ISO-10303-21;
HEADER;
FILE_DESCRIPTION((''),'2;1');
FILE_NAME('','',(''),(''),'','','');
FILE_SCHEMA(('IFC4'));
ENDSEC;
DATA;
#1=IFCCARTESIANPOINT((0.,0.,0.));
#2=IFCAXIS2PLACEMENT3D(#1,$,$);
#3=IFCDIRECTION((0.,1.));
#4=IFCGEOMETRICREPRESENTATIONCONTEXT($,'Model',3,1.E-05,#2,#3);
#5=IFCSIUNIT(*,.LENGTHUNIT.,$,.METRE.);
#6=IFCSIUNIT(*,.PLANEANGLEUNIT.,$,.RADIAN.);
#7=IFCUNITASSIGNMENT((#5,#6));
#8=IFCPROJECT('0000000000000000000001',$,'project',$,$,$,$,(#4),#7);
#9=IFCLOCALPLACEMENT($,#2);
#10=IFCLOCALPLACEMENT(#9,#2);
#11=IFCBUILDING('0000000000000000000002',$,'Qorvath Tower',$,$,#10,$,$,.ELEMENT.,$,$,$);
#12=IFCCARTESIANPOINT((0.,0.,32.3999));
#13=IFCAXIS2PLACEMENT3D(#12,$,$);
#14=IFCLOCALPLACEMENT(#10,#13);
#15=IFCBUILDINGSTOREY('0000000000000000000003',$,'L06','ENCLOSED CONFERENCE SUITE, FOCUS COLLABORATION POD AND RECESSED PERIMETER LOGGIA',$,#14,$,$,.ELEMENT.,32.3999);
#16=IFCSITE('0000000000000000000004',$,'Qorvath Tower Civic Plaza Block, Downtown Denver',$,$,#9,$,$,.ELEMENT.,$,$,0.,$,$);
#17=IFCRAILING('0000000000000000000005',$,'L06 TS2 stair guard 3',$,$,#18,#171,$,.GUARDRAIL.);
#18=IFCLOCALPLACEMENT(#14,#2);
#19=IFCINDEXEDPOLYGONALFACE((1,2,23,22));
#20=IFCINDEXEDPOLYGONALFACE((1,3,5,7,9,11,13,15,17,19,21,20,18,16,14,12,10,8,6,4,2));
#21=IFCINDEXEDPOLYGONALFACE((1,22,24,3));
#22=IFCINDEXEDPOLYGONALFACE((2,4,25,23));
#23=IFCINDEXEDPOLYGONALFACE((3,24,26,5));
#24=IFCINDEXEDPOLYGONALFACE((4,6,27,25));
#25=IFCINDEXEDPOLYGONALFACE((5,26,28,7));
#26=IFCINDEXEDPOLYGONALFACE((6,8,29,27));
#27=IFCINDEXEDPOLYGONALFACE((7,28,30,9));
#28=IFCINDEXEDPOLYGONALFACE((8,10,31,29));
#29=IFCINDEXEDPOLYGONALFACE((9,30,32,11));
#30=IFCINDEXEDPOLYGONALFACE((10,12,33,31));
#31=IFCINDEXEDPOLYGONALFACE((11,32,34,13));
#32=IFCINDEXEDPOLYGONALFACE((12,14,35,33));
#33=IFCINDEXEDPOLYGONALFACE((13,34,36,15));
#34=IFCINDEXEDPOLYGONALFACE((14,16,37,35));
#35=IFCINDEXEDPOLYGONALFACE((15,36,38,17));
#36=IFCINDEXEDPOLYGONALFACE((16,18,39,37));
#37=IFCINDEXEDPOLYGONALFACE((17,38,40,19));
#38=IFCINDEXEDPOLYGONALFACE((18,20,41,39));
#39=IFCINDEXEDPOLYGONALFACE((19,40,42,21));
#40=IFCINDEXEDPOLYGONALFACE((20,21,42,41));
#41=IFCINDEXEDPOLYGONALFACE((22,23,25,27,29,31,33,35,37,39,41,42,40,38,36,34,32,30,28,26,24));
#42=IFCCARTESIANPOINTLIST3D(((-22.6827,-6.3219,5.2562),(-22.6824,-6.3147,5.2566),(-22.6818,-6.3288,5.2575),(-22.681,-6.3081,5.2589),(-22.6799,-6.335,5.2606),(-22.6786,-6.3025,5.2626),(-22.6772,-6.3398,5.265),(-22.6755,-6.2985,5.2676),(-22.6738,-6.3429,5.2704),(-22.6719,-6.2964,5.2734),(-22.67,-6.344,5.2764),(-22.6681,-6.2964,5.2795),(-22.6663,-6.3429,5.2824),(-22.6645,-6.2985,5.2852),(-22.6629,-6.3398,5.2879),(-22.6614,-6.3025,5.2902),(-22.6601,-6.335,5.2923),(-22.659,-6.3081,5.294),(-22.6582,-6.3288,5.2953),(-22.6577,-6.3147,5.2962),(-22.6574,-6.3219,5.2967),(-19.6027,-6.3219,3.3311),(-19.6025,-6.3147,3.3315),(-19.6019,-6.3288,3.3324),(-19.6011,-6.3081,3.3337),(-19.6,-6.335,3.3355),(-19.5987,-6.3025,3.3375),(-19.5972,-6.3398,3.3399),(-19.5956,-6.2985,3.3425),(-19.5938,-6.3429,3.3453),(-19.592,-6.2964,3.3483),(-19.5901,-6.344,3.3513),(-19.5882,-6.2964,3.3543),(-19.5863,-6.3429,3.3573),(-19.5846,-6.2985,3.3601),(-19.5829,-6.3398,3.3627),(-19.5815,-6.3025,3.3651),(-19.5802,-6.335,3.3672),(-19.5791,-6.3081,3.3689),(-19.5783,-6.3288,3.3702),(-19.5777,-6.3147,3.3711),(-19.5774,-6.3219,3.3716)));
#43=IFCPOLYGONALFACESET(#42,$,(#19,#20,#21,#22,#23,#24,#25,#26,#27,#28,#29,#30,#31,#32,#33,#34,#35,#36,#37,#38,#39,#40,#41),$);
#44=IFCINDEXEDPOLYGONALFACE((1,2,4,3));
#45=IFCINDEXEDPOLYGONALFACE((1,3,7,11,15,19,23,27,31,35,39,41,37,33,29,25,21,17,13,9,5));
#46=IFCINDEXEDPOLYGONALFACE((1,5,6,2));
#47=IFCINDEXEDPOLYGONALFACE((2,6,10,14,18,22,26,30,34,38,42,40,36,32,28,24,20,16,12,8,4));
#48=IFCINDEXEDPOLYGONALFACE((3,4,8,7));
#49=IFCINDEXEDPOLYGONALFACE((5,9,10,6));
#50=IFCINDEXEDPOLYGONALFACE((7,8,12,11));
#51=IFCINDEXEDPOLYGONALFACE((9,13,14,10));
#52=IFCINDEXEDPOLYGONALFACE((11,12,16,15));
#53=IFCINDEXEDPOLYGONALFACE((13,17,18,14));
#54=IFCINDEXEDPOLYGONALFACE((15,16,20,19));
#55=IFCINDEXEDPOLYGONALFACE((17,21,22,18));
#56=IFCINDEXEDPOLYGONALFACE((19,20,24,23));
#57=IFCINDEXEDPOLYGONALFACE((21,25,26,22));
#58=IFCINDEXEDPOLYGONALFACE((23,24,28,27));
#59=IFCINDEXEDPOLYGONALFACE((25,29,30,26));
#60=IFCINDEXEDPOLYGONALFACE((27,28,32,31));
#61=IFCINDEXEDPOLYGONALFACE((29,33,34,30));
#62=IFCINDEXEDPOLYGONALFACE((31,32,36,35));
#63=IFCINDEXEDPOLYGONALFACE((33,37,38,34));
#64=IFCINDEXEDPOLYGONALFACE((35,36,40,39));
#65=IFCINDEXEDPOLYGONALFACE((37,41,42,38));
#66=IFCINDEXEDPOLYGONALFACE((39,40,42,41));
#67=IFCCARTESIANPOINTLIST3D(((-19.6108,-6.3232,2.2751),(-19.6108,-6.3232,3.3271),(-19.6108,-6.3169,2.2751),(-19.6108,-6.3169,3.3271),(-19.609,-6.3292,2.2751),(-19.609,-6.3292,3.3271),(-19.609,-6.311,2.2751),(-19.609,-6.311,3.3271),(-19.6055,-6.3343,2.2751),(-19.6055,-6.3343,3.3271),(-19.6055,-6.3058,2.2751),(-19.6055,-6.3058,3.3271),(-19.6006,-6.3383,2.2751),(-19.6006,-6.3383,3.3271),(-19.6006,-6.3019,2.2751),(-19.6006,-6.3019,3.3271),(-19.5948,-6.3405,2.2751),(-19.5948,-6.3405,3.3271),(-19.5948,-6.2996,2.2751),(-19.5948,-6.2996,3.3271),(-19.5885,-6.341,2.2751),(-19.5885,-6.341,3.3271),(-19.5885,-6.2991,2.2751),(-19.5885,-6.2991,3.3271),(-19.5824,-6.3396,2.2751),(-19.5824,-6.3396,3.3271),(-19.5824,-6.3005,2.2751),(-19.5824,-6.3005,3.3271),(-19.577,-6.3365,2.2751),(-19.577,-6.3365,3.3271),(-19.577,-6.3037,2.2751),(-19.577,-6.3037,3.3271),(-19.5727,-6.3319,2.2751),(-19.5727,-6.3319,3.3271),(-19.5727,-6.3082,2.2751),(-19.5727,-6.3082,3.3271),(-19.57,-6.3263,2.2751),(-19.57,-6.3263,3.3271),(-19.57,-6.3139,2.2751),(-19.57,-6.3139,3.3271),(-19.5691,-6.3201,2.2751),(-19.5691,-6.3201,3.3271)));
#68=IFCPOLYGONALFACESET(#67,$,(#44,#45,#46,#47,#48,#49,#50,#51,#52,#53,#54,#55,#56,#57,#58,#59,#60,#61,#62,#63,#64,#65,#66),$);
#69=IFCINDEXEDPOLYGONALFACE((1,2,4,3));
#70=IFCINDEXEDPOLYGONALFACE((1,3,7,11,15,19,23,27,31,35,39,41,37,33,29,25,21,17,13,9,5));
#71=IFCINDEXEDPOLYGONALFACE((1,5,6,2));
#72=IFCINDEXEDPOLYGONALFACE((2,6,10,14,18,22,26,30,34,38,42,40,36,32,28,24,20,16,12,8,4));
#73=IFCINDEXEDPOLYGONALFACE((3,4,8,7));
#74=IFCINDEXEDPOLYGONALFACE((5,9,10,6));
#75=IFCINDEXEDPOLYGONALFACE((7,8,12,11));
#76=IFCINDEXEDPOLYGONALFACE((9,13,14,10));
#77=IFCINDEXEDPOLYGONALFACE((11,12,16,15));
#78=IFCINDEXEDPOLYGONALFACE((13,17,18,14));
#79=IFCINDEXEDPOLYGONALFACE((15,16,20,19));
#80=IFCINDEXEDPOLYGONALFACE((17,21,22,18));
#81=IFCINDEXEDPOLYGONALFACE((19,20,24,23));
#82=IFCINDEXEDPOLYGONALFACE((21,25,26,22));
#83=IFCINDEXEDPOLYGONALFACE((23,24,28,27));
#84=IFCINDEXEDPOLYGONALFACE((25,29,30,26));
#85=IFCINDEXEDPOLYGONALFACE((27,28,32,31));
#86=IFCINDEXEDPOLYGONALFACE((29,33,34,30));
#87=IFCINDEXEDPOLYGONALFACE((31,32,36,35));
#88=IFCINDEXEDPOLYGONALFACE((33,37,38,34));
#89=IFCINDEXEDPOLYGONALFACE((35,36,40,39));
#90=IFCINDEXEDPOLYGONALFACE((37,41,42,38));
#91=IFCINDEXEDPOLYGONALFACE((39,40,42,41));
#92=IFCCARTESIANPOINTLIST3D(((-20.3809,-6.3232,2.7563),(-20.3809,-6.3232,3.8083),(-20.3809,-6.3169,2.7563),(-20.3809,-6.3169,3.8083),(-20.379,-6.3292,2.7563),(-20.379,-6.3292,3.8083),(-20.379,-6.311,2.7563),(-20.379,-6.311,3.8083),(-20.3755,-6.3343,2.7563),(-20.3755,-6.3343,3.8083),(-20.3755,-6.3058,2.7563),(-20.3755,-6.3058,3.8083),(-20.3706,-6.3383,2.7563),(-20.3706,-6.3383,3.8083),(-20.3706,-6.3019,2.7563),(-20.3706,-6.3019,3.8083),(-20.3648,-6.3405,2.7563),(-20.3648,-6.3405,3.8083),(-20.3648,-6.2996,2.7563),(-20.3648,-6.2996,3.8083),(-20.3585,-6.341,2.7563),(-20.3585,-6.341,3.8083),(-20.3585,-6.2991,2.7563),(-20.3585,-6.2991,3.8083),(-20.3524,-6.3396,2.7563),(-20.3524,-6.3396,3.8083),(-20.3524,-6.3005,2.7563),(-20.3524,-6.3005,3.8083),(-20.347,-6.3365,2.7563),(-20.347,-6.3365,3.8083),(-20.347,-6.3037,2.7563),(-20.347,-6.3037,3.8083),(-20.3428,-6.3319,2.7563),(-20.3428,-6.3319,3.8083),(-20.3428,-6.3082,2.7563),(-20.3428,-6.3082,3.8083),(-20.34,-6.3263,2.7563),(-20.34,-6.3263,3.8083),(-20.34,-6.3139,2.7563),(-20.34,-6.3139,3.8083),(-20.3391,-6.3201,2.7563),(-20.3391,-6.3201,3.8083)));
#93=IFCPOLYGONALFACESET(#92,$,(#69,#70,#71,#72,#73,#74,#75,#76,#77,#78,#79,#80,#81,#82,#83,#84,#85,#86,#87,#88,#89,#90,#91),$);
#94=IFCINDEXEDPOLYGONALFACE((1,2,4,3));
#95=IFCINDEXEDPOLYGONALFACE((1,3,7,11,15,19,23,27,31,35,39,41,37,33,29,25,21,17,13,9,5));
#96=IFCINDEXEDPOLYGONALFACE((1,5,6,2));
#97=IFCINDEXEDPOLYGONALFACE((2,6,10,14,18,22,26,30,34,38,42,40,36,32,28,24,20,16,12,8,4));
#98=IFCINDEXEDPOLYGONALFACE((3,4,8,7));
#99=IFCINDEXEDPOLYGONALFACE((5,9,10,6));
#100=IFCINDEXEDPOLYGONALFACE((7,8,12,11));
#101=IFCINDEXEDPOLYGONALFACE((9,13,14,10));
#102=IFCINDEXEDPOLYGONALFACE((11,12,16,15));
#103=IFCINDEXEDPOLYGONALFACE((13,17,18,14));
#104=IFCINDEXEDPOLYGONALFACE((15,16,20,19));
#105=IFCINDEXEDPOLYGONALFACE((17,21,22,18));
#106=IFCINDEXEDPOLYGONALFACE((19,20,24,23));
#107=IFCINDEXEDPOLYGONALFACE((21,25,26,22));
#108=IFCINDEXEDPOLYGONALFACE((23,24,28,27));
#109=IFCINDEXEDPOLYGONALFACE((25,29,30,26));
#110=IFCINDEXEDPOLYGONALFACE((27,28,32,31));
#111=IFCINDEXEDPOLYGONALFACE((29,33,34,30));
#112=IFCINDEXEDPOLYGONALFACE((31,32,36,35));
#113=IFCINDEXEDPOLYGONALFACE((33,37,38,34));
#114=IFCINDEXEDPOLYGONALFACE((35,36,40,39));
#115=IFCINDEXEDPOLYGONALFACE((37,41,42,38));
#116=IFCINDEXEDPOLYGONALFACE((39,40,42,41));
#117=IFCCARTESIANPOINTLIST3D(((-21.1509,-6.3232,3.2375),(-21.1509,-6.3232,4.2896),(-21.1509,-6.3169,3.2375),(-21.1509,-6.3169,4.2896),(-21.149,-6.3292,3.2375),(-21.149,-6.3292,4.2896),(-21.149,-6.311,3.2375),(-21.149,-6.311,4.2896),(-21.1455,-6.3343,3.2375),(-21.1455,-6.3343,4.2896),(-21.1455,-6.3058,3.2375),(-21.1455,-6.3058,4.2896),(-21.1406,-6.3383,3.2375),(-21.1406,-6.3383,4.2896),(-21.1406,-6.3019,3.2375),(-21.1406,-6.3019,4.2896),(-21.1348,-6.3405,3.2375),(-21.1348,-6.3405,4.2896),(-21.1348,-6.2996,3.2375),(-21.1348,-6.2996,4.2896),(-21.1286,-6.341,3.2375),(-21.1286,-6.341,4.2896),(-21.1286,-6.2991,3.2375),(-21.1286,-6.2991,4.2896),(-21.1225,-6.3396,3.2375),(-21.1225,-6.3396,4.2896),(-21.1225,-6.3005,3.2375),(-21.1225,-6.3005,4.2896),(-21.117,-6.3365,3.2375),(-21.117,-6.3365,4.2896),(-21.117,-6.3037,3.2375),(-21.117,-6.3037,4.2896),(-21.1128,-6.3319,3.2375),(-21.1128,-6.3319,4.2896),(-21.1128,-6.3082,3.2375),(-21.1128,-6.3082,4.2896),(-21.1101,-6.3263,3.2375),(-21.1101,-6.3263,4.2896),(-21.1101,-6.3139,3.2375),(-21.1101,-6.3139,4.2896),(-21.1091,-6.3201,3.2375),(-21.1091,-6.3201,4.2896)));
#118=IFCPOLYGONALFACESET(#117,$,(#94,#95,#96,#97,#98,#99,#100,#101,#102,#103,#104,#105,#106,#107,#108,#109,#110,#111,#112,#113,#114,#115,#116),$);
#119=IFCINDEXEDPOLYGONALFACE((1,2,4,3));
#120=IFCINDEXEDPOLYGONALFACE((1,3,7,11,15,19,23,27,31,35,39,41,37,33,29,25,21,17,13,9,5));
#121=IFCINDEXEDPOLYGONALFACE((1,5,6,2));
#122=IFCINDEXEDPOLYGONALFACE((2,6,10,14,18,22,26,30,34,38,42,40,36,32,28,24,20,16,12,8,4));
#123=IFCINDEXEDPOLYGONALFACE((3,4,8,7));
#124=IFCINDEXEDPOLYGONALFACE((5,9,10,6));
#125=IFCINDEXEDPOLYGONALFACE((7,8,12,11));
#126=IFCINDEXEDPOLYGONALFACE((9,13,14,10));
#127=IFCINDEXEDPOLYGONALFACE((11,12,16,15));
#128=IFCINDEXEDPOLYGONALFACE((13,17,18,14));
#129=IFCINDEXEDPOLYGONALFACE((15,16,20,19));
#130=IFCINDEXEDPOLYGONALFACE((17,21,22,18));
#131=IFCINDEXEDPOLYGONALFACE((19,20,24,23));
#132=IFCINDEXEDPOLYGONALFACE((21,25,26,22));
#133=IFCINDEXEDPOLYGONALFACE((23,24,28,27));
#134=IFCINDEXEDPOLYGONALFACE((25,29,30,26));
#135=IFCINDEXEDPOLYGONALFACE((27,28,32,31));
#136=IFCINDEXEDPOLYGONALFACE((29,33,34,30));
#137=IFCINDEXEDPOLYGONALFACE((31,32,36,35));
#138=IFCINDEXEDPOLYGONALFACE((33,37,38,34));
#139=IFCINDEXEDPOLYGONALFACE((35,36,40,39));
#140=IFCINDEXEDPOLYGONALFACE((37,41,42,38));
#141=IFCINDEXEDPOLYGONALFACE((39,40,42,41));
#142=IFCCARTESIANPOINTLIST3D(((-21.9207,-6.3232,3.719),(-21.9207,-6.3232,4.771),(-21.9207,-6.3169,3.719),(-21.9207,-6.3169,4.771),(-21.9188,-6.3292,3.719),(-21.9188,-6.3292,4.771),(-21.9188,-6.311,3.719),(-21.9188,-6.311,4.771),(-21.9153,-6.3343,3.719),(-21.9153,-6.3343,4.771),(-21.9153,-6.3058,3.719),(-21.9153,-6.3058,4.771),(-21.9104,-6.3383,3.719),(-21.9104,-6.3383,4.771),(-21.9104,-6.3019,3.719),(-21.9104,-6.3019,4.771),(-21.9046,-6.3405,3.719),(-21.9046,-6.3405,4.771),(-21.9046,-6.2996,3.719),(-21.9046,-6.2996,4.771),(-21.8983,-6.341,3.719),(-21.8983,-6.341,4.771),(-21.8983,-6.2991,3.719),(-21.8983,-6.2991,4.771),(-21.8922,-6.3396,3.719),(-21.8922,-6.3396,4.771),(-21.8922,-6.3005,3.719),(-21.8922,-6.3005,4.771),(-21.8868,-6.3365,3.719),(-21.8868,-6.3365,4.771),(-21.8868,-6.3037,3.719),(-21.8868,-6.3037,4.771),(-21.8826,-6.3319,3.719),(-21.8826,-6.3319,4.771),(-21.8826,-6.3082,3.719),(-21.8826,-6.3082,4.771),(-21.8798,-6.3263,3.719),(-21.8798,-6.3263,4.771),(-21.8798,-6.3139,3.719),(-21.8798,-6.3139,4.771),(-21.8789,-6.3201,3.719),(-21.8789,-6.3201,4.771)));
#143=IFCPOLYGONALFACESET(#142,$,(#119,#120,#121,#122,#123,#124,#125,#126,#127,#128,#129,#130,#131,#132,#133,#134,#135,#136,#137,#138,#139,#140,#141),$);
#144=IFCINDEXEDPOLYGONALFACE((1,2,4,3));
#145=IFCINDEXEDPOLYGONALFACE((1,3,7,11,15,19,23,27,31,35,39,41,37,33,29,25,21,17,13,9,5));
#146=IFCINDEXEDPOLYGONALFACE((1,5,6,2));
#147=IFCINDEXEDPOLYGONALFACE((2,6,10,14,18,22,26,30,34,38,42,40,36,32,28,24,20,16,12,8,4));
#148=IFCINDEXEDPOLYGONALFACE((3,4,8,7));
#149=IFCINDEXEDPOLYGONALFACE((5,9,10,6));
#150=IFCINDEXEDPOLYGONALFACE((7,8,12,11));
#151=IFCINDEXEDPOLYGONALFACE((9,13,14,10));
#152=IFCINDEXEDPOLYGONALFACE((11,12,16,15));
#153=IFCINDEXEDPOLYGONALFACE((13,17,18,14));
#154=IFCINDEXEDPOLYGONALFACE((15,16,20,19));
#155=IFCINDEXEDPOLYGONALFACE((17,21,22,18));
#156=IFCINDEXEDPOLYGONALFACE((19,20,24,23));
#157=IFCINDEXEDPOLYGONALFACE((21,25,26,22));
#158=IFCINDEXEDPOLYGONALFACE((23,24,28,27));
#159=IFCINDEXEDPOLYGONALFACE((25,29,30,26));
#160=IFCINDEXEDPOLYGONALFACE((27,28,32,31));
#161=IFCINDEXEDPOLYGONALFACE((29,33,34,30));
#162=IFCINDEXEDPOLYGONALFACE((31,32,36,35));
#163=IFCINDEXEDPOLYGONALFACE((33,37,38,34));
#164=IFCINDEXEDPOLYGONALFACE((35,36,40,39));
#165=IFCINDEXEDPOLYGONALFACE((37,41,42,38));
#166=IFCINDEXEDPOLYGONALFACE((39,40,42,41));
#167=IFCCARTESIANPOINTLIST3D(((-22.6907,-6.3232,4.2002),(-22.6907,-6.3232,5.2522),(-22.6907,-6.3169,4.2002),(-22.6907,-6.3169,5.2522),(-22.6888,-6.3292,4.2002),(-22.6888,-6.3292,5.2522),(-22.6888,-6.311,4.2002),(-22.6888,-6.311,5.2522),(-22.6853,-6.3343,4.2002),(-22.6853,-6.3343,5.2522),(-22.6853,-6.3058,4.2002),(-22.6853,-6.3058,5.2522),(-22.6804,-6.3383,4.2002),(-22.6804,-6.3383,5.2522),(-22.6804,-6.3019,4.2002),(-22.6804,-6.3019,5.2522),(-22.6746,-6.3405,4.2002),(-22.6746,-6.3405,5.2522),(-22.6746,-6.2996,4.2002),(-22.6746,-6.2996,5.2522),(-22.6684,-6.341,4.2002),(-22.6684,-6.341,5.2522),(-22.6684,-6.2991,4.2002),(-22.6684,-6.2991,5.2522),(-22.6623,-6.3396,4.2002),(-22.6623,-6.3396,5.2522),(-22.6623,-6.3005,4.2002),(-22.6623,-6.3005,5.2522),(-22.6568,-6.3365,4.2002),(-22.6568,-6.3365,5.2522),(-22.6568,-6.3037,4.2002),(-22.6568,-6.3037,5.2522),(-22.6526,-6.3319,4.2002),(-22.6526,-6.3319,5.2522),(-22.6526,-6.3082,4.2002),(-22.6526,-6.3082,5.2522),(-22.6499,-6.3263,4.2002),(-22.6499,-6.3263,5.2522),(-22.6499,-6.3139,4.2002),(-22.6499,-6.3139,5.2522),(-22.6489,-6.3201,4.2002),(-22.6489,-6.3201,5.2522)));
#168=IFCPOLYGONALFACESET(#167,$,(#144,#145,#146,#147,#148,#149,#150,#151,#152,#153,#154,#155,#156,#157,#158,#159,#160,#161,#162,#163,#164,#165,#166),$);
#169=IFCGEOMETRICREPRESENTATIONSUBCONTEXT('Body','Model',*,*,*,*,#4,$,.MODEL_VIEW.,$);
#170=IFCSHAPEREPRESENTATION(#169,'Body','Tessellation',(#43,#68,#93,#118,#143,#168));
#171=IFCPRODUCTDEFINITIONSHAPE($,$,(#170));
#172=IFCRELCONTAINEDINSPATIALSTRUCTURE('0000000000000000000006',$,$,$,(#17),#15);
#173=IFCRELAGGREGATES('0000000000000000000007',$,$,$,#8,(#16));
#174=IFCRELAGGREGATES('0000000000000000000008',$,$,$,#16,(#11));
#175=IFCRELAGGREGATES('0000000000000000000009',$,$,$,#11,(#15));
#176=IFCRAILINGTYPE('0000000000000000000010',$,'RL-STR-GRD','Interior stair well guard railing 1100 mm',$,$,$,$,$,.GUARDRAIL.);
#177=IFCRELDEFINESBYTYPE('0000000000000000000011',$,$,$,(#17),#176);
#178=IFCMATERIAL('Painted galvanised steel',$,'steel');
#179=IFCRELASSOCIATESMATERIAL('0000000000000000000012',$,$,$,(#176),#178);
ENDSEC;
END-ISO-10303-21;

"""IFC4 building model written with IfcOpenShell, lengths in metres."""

from ifc_helpers import new_model, si_unit, direction, frame, origin, origin_2d, place, context, subcontext, project, spatial, circle, extrude, material, type_object, element, save


model = new_model("IFC4")

# Units and contexts
model_context = context("Model", 3, precision=1e-05, world=origin(), true_north=direction((0.0, 1.0)))
body_context = subcontext(model_context, "Body", "Model", "MODEL_VIEW")
ifc_project = project(units=[si_unit("LENGTHUNIT", "METRE"), si_unit("PLANEANGLEUNIT", "RADIAN")], contexts=[model_context])

# Site, building, storey
site_placement = place(None, origin())
site = spatial("IfcSite", under=ifc_project, at=site_placement, Name="Qorvath Tower Civic Plaza Block, Downtown Denver", CompositionType="ELEMENT", RefElevation=0.0)
building_placement = place(site_placement, origin())
building = spatial("IfcBuilding", under=site, at=building_placement, Name="Qorvath Tower", CompositionType="ELEMENT")
storey_placement = place(building_placement, frame((0.0, 0.0, 32.3999)))
storey = spatial("IfcBuildingStorey", under=building, at=storey_placement, Name="L06", Description="ENCLOSED CONFERENCE SUITE, FOCUS COLLABORATION POD AND RECESSED PERIMETER LOGGIA", CompositionType="ELEMENT", Elevation=32.3999)

# Railing
ifc_material_1 = material(Name="Painted galvanised steel", Category="steel")
railing_type_1 = type_object("IfcRailingType", Name="RL-STR-GRD", Description="Interior stair well guard railing 1100 mm", PredefinedType="GUARDRAIL", material=ifc_material_1)
railing_1_placement = place(storey_placement, frame((-19.5901, -6.3201, 2.2751)))
element("IfcRailing", 1, at=railing_1_placement, inside=storey, type_object=railing_type_1, Name="L06 TS2 stair guard 3", PredefinedType="GUARDRAIL", context=body_context, shape_type="SweptSolid", body=[
    extrude(circle(Radius=0.0239, at=origin_2d()), frame((0.0, 0.0, 1.0762), z_axis=(-0.847979, 0.0, 0.530029), x_axis=(0.0, -1.0, 0.0)), (0.0, 0.0, 1.0), 3.6321),
    extrude(circle(Radius=0.021, at=origin_2d()), origin(), (0.0, 0.0, 1.0), 1.052),
    extrude(circle(Radius=0.021, at=origin_2d()), frame((-0.77, 0.0, 0.4812)), (0.0, 0.0, 1.0), 1.052),
    extrude(circle(Radius=0.021, at=origin_2d()), frame((-1.54, 0.0, 0.9624)), (0.0, 0.0, 1.0), 1.052),
    extrude(circle(Radius=0.021, at=origin_2d()), frame((-2.3098, 0.0, 1.4438)), (0.0, 0.0, 1.0), 1.052),
    extrude(circle(Radius=0.021, at=origin_2d()), frame((-3.0798, 0.0, 1.925)), (0.0, 0.0, 1.0), 1.052),
])

save(model, "model.ifc")
